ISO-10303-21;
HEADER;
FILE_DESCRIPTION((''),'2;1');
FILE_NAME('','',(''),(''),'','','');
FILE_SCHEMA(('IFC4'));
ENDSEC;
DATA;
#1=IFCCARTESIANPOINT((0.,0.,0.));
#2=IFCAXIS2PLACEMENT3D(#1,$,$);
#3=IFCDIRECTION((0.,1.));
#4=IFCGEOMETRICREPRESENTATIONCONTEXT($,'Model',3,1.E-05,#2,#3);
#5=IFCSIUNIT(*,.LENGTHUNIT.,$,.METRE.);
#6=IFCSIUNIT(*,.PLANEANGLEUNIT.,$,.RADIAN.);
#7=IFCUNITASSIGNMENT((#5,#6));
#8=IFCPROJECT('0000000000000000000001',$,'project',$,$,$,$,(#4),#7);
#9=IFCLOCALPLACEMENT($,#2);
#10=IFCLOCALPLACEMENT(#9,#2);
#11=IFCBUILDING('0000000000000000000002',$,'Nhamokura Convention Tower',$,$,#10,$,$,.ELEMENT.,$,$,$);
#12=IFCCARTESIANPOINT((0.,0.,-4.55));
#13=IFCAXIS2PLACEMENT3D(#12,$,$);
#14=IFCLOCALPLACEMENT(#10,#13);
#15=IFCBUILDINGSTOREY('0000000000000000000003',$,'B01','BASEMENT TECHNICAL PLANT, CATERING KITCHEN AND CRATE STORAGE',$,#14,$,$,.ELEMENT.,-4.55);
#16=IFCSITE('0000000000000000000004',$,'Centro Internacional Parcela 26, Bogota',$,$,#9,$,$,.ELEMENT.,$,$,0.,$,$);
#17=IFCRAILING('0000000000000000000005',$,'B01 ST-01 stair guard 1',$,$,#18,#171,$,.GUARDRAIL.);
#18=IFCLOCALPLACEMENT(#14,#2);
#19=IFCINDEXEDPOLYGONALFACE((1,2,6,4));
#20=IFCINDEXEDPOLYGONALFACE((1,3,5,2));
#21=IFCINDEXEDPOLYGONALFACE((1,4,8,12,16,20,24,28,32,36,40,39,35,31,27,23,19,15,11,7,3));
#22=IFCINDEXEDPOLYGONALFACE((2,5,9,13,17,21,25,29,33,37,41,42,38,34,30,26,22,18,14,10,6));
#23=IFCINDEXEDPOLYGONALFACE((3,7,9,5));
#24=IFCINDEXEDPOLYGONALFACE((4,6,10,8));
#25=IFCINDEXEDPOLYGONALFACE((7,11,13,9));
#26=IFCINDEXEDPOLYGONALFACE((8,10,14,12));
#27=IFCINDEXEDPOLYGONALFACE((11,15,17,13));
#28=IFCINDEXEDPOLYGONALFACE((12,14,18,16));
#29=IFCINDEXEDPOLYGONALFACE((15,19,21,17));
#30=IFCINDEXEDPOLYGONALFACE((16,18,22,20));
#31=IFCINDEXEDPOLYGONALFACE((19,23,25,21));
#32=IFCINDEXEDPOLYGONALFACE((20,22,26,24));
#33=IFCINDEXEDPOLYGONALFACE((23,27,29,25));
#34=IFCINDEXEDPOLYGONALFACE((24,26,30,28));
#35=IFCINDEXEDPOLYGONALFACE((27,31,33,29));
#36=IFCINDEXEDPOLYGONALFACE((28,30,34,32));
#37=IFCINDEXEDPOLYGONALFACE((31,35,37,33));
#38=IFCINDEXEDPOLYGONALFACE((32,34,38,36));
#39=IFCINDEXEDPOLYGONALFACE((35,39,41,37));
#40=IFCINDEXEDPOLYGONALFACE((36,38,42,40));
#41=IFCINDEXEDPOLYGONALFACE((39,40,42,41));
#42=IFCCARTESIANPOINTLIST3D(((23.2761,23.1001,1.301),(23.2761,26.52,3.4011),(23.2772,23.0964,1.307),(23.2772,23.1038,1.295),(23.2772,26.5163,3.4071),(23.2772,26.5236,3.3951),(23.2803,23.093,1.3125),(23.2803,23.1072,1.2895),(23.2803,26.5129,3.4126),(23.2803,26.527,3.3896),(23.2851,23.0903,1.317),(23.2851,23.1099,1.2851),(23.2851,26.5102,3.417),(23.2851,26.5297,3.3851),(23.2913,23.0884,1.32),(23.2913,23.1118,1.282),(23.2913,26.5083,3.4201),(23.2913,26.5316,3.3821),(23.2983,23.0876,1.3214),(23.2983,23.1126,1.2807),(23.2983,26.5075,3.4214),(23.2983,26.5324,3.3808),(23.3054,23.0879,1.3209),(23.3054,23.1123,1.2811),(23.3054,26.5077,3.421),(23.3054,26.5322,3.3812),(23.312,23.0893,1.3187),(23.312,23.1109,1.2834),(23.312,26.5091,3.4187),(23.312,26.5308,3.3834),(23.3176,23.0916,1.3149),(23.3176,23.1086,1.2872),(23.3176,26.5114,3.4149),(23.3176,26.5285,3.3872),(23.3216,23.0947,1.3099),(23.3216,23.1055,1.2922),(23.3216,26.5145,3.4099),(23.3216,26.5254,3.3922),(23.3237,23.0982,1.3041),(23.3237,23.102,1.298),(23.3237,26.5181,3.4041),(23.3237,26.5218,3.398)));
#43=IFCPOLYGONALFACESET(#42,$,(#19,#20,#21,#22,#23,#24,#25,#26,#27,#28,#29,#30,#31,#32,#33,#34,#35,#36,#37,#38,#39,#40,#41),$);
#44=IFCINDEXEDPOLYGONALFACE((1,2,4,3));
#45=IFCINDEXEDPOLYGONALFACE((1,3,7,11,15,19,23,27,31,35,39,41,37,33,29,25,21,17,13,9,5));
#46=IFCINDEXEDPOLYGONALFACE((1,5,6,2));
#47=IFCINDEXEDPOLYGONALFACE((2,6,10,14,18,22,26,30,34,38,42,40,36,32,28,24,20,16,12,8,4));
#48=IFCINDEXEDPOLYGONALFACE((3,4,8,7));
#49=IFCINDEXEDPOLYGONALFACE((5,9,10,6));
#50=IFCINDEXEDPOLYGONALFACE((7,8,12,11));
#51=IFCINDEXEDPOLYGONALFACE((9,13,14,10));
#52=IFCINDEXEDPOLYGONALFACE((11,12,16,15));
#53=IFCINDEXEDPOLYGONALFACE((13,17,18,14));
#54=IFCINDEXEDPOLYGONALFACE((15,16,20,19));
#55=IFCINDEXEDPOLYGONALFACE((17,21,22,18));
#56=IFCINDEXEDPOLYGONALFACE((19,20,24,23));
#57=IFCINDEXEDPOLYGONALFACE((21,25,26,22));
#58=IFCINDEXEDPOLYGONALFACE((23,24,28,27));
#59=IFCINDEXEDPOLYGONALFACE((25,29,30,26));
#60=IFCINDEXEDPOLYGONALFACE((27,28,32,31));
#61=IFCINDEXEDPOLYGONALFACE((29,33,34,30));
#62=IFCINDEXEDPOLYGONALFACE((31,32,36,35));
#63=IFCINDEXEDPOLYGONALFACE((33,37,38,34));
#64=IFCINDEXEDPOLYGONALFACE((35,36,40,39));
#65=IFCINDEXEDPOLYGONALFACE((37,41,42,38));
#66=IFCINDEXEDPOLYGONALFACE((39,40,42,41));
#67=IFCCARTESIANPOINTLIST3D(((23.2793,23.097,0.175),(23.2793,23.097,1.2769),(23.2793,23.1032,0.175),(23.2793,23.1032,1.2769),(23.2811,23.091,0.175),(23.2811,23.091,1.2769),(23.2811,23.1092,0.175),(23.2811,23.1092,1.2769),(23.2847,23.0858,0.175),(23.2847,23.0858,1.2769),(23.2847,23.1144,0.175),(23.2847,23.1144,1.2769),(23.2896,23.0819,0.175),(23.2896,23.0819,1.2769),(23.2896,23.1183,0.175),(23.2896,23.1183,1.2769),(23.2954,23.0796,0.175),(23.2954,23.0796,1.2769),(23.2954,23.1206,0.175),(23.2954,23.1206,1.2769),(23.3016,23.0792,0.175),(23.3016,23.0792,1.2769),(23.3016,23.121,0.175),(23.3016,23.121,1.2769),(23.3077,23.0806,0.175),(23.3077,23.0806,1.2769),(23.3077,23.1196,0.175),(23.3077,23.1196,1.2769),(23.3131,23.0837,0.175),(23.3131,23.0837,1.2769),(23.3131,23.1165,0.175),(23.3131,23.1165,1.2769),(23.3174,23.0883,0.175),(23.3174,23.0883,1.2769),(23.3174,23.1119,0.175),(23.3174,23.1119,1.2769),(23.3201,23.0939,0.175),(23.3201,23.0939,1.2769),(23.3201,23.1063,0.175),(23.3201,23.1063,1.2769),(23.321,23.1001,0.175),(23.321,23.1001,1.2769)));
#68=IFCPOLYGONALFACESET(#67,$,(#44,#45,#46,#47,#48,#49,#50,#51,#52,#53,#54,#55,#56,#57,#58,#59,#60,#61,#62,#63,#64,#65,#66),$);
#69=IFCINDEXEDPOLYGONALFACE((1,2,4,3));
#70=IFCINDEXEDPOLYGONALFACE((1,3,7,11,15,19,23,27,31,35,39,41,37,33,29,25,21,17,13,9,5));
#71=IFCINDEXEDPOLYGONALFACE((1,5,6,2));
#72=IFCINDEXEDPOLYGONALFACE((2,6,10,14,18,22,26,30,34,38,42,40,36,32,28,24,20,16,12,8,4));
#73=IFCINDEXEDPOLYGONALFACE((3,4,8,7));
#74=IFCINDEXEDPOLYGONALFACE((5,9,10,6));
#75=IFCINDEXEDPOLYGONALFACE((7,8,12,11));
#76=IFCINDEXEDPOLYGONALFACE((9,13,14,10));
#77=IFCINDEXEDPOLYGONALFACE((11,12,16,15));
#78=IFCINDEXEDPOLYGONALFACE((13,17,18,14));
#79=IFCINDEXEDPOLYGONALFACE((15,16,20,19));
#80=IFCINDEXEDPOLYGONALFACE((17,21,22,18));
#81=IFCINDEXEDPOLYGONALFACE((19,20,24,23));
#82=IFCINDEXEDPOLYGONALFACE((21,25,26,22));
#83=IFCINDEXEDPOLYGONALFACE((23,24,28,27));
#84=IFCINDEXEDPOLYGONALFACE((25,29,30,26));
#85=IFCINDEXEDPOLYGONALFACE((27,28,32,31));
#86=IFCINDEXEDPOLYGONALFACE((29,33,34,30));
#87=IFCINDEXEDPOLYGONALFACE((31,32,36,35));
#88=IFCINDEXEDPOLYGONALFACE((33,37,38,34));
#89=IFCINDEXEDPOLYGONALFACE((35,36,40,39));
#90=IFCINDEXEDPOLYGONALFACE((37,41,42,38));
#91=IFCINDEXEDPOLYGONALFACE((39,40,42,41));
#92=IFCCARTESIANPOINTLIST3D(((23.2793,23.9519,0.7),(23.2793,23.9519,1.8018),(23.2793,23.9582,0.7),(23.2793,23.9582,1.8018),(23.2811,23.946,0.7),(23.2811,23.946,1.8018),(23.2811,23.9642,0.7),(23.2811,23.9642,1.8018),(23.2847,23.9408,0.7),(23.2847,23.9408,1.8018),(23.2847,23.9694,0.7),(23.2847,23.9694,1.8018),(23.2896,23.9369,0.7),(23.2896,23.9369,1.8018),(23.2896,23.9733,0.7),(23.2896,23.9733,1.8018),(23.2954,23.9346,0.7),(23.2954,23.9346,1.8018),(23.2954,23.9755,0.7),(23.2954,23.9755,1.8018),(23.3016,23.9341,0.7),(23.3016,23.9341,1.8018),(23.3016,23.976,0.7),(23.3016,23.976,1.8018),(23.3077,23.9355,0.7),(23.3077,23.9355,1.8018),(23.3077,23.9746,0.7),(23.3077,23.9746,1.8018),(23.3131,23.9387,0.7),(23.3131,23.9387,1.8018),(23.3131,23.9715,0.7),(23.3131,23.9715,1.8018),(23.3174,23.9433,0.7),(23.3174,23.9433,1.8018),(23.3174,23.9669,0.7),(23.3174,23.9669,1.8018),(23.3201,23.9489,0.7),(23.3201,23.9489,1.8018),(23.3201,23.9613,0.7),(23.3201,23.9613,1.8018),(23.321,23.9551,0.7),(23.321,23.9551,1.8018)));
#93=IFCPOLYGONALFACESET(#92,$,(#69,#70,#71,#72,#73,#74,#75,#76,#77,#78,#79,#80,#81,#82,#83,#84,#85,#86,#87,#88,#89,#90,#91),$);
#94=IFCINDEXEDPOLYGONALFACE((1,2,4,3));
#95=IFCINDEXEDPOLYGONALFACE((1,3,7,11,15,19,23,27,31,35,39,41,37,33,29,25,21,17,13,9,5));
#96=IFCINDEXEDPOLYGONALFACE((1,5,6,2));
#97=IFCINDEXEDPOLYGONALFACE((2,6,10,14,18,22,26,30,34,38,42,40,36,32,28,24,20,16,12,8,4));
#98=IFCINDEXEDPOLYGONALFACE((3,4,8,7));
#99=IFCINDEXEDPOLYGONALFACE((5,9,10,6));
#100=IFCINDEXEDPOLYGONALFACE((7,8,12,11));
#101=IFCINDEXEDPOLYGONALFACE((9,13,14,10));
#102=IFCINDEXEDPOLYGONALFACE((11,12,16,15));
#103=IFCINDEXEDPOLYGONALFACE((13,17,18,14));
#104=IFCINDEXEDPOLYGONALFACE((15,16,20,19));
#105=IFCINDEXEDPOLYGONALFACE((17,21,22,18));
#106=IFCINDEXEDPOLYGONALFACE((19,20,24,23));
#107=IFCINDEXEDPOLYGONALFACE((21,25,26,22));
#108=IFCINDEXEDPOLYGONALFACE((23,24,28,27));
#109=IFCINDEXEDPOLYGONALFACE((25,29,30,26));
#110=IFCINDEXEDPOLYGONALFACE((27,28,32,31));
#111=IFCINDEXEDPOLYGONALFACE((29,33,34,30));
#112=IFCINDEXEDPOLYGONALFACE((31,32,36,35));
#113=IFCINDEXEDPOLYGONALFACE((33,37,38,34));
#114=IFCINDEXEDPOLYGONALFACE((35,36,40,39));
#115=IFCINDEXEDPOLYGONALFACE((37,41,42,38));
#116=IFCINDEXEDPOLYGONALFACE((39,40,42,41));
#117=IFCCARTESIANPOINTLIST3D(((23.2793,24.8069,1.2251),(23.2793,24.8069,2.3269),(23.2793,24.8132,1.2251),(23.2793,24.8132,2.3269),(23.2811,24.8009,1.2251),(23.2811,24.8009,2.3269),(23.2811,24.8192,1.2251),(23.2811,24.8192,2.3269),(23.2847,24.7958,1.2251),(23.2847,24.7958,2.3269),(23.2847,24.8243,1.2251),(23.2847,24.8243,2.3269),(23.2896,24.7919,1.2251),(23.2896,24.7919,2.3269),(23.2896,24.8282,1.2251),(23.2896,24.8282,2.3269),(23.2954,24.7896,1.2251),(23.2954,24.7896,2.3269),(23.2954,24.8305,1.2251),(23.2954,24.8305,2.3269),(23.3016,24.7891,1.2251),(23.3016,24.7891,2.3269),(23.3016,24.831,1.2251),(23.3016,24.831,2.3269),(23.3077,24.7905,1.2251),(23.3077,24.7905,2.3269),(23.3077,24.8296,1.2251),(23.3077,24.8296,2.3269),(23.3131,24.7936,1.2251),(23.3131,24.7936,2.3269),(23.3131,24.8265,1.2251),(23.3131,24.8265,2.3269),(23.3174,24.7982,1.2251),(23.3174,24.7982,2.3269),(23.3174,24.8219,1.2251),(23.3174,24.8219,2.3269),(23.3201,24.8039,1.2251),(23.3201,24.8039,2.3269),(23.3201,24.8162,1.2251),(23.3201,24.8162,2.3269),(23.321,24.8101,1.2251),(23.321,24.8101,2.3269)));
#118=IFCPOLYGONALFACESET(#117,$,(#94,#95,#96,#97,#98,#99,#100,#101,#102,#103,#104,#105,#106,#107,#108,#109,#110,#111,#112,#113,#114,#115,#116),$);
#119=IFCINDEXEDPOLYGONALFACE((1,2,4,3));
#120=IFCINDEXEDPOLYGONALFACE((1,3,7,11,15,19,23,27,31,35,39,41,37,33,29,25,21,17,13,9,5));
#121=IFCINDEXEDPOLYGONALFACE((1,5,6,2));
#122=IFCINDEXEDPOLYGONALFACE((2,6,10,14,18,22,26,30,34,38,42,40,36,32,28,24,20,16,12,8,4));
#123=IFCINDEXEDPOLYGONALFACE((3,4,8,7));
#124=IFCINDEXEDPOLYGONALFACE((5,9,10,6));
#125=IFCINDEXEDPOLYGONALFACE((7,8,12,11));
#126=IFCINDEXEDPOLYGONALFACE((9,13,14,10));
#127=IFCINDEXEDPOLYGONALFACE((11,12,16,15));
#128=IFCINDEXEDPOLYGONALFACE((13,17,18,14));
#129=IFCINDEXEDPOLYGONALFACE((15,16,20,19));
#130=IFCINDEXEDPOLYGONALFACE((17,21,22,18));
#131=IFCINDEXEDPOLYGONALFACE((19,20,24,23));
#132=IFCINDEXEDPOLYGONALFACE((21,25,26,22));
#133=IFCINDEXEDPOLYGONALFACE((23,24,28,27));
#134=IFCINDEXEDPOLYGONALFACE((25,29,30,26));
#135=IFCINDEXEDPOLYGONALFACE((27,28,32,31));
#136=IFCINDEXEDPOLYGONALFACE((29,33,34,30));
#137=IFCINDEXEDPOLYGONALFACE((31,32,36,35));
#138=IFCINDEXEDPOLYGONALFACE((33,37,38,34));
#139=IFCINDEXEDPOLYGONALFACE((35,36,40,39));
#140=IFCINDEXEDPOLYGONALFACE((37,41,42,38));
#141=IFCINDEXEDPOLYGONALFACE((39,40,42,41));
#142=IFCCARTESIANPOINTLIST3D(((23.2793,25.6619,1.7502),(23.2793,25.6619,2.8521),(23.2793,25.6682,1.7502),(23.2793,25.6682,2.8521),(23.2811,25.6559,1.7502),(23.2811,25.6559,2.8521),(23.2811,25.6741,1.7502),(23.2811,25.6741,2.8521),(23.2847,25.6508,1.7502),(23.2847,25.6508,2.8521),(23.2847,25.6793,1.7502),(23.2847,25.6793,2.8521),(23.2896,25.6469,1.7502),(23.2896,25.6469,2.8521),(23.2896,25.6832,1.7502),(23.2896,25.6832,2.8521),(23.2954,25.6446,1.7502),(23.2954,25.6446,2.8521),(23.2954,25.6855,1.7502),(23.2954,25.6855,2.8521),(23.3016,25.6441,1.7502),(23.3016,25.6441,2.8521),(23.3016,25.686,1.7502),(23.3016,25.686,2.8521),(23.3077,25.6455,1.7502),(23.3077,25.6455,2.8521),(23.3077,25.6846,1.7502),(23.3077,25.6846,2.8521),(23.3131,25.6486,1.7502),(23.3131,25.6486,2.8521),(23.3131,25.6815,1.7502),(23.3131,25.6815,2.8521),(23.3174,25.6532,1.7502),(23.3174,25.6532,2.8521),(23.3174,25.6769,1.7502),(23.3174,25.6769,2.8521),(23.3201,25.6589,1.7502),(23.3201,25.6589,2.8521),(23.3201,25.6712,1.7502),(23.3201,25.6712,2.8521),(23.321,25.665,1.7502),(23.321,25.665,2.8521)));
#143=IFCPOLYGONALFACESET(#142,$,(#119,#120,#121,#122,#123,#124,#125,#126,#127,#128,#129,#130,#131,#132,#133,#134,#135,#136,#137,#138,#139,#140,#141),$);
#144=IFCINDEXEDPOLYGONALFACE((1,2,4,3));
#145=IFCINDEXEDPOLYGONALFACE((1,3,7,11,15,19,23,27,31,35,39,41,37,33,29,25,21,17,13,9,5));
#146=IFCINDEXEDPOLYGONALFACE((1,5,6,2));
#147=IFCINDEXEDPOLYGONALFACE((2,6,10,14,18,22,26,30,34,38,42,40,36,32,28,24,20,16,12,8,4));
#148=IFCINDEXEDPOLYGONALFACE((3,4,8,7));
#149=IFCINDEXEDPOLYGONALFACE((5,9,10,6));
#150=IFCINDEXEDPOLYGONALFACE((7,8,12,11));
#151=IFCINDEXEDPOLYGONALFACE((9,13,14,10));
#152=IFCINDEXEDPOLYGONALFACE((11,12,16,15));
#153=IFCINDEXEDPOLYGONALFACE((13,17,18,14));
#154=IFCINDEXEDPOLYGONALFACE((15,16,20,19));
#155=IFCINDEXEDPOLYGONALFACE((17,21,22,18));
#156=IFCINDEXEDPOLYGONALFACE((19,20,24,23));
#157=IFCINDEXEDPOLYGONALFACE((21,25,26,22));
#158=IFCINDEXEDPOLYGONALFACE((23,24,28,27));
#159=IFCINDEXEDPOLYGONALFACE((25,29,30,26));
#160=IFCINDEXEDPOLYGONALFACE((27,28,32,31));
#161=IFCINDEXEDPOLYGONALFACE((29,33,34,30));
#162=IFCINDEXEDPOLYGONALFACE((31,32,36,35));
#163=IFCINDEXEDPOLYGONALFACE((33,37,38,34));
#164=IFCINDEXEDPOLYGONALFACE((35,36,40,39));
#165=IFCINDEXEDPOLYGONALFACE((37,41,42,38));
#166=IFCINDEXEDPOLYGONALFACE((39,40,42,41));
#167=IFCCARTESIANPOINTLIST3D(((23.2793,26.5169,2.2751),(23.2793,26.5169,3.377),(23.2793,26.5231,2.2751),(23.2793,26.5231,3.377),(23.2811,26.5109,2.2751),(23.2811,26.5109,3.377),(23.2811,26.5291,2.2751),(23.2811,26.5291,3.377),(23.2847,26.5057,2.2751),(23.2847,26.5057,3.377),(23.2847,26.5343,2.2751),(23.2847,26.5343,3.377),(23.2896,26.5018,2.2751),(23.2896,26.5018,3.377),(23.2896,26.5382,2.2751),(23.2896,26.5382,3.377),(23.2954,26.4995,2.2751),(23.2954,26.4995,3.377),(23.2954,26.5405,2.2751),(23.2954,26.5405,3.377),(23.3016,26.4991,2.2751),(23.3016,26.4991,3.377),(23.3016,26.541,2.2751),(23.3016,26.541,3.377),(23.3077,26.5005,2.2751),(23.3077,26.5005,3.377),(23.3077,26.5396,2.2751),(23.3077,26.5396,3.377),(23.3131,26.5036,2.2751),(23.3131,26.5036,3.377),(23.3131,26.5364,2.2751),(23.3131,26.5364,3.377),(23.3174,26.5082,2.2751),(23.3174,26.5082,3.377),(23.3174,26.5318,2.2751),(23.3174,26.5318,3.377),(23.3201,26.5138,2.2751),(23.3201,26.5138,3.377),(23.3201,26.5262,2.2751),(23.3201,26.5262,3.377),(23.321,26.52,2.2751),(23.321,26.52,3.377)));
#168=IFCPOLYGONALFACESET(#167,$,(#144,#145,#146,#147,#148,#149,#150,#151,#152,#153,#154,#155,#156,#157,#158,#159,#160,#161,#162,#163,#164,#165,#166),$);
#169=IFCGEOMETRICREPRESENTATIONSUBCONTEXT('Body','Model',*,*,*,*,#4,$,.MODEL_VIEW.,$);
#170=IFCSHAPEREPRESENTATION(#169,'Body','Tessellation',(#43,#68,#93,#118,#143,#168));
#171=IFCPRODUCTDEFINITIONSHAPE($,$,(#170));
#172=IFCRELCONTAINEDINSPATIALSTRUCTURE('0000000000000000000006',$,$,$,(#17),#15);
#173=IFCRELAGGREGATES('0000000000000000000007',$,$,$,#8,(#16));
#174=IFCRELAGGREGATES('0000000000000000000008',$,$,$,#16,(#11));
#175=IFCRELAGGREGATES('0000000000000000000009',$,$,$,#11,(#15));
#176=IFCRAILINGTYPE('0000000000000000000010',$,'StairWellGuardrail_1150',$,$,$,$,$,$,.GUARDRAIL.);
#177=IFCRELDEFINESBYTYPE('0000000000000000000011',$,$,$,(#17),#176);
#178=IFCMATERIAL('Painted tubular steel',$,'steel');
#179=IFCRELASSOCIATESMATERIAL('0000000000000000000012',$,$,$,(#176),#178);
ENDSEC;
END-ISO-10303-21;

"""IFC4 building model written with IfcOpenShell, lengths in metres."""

from ifc_helpers import new_model, si_unit, direction, frame, origin, origin_2d, place, context, subcontext, project, spatial, circle, extrude, material, type_object, element, save


model = new_model("IFC4")

# Units and contexts
model_context = context("Model", 3, precision=1e-05, world=origin(), true_north=direction((0.0, 1.0)))
body_context = subcontext(model_context, "Body", "Model", "MODEL_VIEW")
ifc_project = project(units=[si_unit("LENGTHUNIT", "METRE"), si_unit("PLANEANGLEUNIT", "RADIAN")], contexts=[model_context])

# Site, building, storey
site_placement = place(None, origin())
site = spatial("IfcSite", under=ifc_project, at=site_placement, Name="Centro Internacional Parcela 26, Bogota", CompositionType="ELEMENT", RefElevation=0.0)
building_placement = place(site_placement, origin())
building = spatial("IfcBuilding", under=site, at=building_placement, Name="Nhamokura Convention Tower", CompositionType="ELEMENT")
storey_placement = place(building_placement, frame((0.0, 0.0, -4.55)))
storey = spatial("IfcBuildingStorey", under=building, at=storey_placement, Name="B01", Description="BASEMENT TECHNICAL PLANT, CATERING KITCHEN AND CRATE STORAGE", CompositionType="ELEMENT", Elevation=-4.55)

# Railing
ifc_material_1 = material(Name="Painted tubular steel", Category="steel")
railing_type_1 = type_object("IfcRailingType", Name="StairWellGuardrail_1150", PredefinedType="GUARDRAIL", material=ifc_material_1)
railing_1_placement = place(storey_placement, frame((23.3, 23.1001, 0.175)))
element("IfcRailing", 1, at=railing_1_placement, inside=storey, type_object=railing_type_1, Name="B01 ST-01 stair guard 1", PredefinedType="GUARDRAIL", context=body_context, shape_type="SweptSolid", body=[
    extrude(circle(Radius=0.0239, at=origin_2d()), frame((0.0, 0.0, 1.126), z_axis=(0.0, 0.852155, 0.523289), x_axis=(-1.0, 0.0, 0.0)), (0.0, 0.0, 1.0), 4.0132),
    extrude(circle(Radius=0.021, at=origin_2d()), origin(), (0.0, 0.0, 1.0), 1.1018),
    extrude(circle(Radius=0.021, at=origin_2d()), frame((0.0, 0.855, 0.5249)), (0.0, 0.0, 1.0), 1.1018),
    extrude(circle(Radius=0.021, at=origin_2d()), frame((0.0, 1.71, 1.05)), (0.0, 0.0, 1.0), 1.1018),
    extrude(circle(Radius=0.021, at=origin_2d()), frame((0.0, 2.5649, 1.5752)), (0.0, 0.0, 1.0), 1.1018),
    extrude(circle(Radius=0.021, at=origin_2d()), frame((0.0, 3.4199, 2.1001)), (0.0, 0.0, 1.0), 1.1018),
])

save(model, "model.ifc")
